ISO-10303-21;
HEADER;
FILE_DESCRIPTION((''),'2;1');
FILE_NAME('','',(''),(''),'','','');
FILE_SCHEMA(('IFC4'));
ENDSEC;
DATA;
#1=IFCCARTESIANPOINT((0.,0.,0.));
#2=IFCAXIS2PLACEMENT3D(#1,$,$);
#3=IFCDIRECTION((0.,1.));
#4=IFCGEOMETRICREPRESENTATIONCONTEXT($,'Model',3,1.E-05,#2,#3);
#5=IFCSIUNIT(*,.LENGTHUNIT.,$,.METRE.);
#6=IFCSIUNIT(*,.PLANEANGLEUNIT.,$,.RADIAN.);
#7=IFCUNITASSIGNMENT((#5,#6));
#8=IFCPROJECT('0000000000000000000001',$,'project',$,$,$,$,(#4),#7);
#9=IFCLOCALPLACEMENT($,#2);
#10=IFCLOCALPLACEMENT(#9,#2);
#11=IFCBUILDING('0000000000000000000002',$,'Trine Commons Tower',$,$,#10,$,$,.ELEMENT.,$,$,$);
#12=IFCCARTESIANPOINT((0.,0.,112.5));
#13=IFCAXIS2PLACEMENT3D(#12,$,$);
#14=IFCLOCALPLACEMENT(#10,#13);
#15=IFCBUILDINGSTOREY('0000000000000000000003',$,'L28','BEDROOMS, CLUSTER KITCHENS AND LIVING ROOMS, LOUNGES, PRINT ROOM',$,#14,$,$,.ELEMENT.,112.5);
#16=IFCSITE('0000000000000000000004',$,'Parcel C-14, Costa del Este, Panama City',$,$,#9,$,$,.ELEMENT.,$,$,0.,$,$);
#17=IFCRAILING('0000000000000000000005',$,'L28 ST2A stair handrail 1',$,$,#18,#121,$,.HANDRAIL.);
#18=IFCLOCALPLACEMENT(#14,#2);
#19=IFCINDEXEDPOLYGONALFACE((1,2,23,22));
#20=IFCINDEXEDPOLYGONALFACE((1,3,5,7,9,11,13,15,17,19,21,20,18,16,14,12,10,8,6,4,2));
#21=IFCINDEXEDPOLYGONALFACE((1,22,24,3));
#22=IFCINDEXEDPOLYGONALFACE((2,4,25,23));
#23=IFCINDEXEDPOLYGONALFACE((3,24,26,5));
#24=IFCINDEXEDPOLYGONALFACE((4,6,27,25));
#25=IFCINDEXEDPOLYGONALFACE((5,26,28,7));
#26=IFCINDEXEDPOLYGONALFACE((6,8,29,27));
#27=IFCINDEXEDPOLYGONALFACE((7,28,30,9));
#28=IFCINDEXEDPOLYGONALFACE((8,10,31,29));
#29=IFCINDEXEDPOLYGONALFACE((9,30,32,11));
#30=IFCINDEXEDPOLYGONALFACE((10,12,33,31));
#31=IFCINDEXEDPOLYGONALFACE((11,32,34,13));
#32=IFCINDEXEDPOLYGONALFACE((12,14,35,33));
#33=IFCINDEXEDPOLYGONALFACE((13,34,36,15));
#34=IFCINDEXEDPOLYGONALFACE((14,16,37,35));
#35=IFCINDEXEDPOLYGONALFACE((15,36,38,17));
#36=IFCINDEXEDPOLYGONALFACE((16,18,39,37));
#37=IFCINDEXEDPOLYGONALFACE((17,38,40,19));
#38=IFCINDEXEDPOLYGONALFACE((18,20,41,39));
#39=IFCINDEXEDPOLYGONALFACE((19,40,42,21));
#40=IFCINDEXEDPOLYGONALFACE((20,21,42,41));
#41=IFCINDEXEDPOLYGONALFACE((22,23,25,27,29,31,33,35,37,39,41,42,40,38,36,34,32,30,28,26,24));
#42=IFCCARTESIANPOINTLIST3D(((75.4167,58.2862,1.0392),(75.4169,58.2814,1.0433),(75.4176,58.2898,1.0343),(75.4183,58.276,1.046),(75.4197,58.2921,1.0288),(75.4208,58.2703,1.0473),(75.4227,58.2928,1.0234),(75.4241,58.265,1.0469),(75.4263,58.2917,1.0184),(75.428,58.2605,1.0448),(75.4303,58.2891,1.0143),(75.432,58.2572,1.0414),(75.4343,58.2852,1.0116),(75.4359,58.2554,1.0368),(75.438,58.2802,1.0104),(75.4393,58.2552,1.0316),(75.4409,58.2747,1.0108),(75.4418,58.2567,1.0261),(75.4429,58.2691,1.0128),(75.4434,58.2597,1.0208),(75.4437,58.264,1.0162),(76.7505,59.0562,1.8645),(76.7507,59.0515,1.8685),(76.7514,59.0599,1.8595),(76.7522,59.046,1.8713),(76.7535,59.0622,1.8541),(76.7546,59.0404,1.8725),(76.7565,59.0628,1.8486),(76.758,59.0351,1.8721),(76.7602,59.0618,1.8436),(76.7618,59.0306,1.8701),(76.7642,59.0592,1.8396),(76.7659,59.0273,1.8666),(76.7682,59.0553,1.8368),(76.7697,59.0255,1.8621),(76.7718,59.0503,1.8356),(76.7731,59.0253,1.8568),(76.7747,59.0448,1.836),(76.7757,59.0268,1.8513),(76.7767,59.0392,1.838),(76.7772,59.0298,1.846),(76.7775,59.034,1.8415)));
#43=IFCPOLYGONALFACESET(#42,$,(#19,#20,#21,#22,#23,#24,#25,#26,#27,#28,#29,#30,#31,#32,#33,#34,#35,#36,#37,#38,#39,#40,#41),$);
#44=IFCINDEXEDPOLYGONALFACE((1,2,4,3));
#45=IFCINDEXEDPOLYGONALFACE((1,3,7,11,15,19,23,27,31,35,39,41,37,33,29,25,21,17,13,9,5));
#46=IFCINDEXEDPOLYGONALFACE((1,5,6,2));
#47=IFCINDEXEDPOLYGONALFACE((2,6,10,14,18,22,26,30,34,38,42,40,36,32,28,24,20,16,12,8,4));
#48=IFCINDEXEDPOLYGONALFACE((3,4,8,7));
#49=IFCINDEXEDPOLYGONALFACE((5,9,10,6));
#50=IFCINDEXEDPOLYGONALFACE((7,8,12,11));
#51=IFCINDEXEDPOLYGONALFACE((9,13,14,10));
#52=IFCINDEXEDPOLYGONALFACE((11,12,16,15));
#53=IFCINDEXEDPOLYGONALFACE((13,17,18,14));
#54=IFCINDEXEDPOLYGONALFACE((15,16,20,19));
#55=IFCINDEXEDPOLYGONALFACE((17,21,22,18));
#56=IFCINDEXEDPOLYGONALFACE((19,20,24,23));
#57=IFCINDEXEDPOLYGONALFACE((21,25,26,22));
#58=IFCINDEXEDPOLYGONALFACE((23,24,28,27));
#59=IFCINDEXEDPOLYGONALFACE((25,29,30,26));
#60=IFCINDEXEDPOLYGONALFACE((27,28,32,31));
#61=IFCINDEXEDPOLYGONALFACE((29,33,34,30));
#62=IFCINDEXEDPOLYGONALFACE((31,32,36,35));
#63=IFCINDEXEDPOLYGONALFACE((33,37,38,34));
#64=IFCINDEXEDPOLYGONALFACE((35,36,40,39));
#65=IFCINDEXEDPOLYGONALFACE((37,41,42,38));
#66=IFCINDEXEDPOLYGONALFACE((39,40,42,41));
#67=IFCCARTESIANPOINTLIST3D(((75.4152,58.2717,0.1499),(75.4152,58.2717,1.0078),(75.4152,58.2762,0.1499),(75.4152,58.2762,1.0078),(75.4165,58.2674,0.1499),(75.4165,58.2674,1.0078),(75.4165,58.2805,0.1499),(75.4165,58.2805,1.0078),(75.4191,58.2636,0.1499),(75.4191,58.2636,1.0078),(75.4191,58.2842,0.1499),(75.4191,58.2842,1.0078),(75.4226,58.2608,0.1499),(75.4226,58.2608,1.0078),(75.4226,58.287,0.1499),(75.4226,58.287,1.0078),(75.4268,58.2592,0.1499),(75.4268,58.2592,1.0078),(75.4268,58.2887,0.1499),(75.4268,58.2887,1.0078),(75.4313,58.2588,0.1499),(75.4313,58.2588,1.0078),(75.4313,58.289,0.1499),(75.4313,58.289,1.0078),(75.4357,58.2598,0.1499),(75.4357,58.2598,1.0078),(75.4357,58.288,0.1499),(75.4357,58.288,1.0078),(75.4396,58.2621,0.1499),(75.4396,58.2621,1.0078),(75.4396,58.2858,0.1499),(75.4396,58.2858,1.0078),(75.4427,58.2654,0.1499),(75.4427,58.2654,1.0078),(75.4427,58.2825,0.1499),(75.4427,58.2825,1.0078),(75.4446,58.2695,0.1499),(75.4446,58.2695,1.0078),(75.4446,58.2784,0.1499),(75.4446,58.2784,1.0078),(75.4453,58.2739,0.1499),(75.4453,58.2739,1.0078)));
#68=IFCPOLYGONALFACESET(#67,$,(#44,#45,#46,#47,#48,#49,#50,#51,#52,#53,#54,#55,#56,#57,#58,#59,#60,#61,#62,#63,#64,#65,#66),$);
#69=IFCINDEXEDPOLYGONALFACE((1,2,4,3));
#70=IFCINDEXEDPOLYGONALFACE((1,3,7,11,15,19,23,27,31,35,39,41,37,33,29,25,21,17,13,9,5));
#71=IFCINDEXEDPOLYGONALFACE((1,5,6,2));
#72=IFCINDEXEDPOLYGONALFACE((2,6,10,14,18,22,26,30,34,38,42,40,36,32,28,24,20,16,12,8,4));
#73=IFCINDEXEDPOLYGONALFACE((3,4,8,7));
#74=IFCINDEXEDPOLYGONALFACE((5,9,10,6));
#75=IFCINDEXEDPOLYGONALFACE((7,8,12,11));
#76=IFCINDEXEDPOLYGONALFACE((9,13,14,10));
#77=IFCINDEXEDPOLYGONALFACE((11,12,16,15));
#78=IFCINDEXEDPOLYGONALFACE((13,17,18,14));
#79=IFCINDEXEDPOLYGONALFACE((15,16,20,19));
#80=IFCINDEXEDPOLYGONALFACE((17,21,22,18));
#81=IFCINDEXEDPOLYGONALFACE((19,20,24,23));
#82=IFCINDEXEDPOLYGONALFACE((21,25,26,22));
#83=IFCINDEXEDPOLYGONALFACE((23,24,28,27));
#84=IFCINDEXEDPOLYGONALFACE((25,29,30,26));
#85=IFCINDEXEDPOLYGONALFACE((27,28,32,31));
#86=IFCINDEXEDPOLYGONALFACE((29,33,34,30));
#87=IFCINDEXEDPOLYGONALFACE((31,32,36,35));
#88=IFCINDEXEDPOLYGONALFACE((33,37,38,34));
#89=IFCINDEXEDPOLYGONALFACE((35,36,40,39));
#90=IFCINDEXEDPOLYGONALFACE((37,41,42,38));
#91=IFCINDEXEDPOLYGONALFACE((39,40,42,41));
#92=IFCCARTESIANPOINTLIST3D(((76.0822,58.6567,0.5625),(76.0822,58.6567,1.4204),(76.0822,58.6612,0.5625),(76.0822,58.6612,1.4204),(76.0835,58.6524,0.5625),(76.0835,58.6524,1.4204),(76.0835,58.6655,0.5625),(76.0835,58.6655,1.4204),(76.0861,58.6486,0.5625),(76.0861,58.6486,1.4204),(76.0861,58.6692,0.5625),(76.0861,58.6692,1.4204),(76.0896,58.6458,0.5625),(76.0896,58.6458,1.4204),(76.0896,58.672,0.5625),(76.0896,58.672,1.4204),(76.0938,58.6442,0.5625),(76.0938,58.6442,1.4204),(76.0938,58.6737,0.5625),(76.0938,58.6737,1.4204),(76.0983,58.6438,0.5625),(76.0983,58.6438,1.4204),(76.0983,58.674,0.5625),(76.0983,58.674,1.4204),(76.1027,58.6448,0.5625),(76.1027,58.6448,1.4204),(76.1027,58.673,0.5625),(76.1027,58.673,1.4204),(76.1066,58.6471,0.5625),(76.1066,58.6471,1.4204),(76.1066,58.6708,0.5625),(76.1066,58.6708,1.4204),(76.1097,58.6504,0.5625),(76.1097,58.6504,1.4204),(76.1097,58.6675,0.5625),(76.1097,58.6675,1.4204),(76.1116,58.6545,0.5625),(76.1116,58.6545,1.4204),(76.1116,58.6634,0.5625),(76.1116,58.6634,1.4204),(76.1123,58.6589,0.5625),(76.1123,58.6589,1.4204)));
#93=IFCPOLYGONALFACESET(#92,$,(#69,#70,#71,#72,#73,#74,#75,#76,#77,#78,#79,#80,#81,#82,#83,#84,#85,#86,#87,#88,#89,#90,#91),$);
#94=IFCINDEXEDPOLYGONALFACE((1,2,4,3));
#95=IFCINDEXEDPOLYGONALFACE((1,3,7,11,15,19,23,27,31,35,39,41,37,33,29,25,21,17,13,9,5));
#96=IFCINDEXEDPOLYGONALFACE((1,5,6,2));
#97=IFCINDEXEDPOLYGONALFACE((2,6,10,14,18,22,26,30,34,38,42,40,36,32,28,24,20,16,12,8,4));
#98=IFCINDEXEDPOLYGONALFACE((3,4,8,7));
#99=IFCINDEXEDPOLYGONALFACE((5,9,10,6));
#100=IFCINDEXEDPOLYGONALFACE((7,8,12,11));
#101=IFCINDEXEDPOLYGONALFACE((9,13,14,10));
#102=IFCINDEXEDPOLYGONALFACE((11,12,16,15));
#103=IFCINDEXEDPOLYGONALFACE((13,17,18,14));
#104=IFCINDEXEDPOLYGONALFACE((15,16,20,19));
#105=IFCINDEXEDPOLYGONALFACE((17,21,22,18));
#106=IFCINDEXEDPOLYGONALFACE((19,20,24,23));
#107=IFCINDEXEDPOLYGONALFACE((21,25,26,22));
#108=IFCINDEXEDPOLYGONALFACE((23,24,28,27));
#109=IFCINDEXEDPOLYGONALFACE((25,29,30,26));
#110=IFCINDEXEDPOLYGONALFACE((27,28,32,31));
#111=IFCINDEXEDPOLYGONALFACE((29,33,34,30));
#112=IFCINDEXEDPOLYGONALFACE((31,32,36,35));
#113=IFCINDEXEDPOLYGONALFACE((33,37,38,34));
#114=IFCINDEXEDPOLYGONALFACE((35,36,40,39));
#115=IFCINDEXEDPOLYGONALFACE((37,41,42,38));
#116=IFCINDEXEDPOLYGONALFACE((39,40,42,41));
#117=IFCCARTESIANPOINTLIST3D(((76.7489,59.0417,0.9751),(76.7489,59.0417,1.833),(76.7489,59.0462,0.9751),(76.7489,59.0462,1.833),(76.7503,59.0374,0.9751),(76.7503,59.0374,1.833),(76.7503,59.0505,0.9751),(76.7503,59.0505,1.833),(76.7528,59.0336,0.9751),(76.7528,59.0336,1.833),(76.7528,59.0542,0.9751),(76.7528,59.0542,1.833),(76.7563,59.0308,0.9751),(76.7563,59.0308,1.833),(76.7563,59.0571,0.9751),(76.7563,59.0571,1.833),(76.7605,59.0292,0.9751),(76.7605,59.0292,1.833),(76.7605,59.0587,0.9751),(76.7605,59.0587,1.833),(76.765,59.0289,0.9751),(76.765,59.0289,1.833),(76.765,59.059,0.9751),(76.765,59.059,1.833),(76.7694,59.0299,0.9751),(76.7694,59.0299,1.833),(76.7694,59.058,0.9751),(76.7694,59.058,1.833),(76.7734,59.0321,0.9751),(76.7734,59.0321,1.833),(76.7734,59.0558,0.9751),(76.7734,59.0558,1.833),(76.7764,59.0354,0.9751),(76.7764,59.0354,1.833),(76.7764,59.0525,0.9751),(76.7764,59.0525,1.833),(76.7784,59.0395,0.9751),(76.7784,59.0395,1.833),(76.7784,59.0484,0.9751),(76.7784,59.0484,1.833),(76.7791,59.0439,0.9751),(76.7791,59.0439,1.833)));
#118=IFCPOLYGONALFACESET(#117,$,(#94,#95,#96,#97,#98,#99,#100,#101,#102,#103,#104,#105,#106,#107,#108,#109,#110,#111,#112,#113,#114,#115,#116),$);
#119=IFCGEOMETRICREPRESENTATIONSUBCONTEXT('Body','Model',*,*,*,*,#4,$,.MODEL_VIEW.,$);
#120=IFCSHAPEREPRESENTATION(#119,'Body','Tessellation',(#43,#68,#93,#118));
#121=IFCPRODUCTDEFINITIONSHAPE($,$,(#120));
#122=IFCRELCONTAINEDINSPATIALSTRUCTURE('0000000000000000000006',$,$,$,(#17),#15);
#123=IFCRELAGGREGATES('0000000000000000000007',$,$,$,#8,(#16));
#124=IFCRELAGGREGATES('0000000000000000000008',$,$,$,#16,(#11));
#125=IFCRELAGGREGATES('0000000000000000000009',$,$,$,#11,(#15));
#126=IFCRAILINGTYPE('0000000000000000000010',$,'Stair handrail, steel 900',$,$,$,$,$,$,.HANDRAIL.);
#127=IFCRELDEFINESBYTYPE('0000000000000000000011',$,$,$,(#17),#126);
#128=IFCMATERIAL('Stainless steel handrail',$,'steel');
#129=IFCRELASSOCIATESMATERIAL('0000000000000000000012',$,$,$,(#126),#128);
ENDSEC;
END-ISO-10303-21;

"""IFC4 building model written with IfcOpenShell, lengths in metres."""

from ifc_helpers import new_model, si_unit, direction, frame, origin, origin_2d, place, context, subcontext, project, spatial, circle, extrude, material, type_object, element, save


model = new_model("IFC4")

# Units and contexts
model_context = context("Model", 3, precision=1e-05, world=origin(), true_north=direction((0.0, 1.0)))
body_context = subcontext(model_context, "Body", "Model", "MODEL_VIEW")
ifc_project = project(units=[si_unit("LENGTHUNIT", "METRE"), si_unit("PLANEANGLEUNIT", "RADIAN")], contexts=[model_context])

# Site, building, storey
site_placement = place(None, origin())
site = spatial("IfcSite", under=ifc_project, at=site_placement, Name="Parcel C-14, Costa del Este, Panama City", CompositionType="ELEMENT", RefElevation=0.0)
building_placement = place(site_placement, origin())
building = spatial("IfcBuilding", under=site, at=building_placement, Name="Trine Commons Tower", CompositionType="ELEMENT")
storey_placement = place(building_placement, frame((0.0, 0.0, 112.5)))
storey = spatial("IfcBuildingStorey", under=building, at=storey_placement, Name="L28", Description="BEDROOMS, CLUSTER KITCHENS AND LIVING ROOMS, LOUNGES, PRINT ROOM", CompositionType="ELEMENT", Elevation=112.5)

# Railing
ifc_material_1 = material(Name="Stainless steel handrail", Category="steel")
railing_type_1 = type_object("IfcRailingType", Name="Stair handrail, steel 900", PredefinedType="HANDRAIL", material=ifc_material_1)
railing_1_placement = place(storey_placement, frame((75.4302, 58.2739, 0.1499)))
element("IfcRailing", 1, at=railing_1_placement, inside=storey, type_object=railing_type_1, Name="L28 ST2A stair handrail 1", PredefinedType="HANDRAIL", context=body_context, shape_type="SweptSolid", body=[
    extrude(circle(Radius=0.021, at=origin_2d()), frame((0.0, 0.0, 0.8789), z_axis=(0.763355, 0.440714, 0.472293), x_axis=(-0.499992, 0.86603, 0.0)), (0.0, 0.0, 1.0), 1.7473),
    extrude(circle(Radius=0.0151, at=origin_2d()), origin(), (0.0, 0.0, 1.0), 0.8579),
    extrude(circle(Radius=0.0151, at=origin_2d()), frame((0.667, 0.385, 0.4126)), (0.0, 0.0, 1.0), 0.8579),
    extrude(circle(Radius=0.0151, at=origin_2d()), frame((1.3337, 0.77, 0.8252)), (0.0, 0.0, 1.0), 0.8579),
])

save(model, "model.ifc")
